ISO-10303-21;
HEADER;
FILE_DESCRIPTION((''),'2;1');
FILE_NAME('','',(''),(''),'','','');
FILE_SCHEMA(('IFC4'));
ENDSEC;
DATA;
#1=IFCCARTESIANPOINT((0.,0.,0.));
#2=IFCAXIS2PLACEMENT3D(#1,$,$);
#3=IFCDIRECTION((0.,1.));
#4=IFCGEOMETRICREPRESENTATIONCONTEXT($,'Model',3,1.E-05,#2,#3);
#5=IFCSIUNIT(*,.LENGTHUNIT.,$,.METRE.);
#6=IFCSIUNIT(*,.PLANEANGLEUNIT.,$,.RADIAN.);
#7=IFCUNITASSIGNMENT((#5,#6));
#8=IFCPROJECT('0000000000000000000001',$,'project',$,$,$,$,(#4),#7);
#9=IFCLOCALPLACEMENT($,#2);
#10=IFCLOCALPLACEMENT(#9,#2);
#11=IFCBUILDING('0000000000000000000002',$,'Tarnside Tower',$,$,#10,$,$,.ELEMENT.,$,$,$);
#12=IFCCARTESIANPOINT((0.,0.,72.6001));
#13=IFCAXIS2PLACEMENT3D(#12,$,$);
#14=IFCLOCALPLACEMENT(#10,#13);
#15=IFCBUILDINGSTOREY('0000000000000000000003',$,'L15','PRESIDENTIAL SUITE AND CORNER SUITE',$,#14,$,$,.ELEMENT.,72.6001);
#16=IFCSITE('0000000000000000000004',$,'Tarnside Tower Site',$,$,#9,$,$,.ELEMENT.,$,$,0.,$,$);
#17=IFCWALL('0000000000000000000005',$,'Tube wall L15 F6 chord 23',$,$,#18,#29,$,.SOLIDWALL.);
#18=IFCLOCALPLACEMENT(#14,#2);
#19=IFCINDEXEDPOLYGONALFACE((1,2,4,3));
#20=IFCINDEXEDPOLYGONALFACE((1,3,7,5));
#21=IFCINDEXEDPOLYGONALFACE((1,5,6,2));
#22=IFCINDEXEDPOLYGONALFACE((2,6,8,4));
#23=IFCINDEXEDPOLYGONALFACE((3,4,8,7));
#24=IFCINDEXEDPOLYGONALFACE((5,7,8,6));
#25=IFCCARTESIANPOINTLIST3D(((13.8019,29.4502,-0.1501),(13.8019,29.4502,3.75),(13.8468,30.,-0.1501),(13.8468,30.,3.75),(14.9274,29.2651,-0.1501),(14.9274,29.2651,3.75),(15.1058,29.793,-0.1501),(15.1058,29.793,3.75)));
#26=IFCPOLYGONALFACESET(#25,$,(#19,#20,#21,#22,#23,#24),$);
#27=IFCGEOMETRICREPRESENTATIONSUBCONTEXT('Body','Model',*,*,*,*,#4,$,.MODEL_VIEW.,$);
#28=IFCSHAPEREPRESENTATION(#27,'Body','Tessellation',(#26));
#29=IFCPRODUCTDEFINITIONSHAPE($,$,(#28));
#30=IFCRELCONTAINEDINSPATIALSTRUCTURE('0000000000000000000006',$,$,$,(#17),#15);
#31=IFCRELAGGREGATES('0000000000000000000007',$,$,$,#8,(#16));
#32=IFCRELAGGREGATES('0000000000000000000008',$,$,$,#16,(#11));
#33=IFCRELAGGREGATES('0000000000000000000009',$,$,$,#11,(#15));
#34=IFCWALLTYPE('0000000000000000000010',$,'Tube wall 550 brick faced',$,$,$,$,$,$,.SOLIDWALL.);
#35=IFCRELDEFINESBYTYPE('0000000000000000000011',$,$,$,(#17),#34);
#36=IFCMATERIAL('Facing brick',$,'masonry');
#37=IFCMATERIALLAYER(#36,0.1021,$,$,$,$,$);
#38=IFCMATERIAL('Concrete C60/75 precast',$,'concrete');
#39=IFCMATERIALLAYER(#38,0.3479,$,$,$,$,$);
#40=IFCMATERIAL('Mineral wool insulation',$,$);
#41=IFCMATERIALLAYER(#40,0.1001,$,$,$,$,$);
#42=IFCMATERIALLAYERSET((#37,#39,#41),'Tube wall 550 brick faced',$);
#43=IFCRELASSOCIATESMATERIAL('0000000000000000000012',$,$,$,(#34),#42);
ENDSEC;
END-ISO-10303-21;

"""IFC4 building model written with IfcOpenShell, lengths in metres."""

from ifc_helpers import new_model, si_unit, direction, frame, origin, place, context, subcontext, project, spatial, polyline, outline, extrude, material, layer, layer_set, type_object, element, save


model = new_model("IFC4")

# Units and contexts
model_context = context("Model", 3, precision=1e-05, world=origin(), true_north=direction((0.0, 1.0)))
body_context = subcontext(model_context, "Body", "Model", "MODEL_VIEW")
ifc_project = project(units=[si_unit("LENGTHUNIT", "METRE"), si_unit("PLANEANGLEUNIT", "RADIAN")], contexts=[model_context])

# Site, building, storey
site_placement = place(None, origin())
site = spatial("IfcSite", under=ifc_project, at=site_placement, Name="Tarnside Tower Site", CompositionType="ELEMENT", RefElevation=0.0)
building_placement = place(site_placement, origin())
building = spatial("IfcBuilding", under=site, at=building_placement, Name="Tarnside Tower", CompositionType="ELEMENT")
storey_placement = place(building_placement, frame((0.0, 0.0, 72.6001)))
storey = spatial("IfcBuildingStorey", under=building, at=storey_placement, Name="L15", Description="PRESIDENTIAL SUITE AND CORNER SUITE", CompositionType="ELEMENT", Elevation=72.6001)

# Shared definitions
ifc_material_1 = material(Name="Facing brick", Category="masonry")
ifc_layer_1 = layer(ifc_material_1, 0.1021)
ifc_material_2 = material(Name="Concrete C60/75 precast", Category="concrete")
ifc_layer_2 = layer(ifc_material_2, 0.3479)
ifc_material_3 = material(Name="Mineral wool insulation")
ifc_layer_3 = layer(ifc_material_3, 0.1001)
ifc_layer_set_1 = layer_set([ifc_layer_1, ifc_layer_2, ifc_layer_3], Name="Tube wall 550 brick faced")
wall_type_1 = type_object("IfcWallType", Name="Tube wall 550 brick faced", PredefinedType="SOLIDWALL", material=ifc_layer_set_1)

# Wall
wall_1_placement = place(storey_placement, frame((15.0166, 29.5291, -0.1501), z_axis=(0.0, 0.0, 1.0), x_axis=(-0.986747, 0.162269, 0.0)))
element("IfcWall", 1, at=wall_1_placement, inside=storey, type_object=wall_type_1, Name="Tube wall L15 F6 chord 23", PredefinedType="SOLIDWALL", context=body_context, shape_type="SweptSolid", body=[
    extrude(outline(polyline([(-0.0452, -0.2749), (1.2307, -0.2749), (1.1858, 0.2749), (0.0452, 0.2749), (-0.0452, -0.2749)])), origin(), (0.0, 0.0, 1.0), 3.9001),
])

save(model, "model.ifc")
